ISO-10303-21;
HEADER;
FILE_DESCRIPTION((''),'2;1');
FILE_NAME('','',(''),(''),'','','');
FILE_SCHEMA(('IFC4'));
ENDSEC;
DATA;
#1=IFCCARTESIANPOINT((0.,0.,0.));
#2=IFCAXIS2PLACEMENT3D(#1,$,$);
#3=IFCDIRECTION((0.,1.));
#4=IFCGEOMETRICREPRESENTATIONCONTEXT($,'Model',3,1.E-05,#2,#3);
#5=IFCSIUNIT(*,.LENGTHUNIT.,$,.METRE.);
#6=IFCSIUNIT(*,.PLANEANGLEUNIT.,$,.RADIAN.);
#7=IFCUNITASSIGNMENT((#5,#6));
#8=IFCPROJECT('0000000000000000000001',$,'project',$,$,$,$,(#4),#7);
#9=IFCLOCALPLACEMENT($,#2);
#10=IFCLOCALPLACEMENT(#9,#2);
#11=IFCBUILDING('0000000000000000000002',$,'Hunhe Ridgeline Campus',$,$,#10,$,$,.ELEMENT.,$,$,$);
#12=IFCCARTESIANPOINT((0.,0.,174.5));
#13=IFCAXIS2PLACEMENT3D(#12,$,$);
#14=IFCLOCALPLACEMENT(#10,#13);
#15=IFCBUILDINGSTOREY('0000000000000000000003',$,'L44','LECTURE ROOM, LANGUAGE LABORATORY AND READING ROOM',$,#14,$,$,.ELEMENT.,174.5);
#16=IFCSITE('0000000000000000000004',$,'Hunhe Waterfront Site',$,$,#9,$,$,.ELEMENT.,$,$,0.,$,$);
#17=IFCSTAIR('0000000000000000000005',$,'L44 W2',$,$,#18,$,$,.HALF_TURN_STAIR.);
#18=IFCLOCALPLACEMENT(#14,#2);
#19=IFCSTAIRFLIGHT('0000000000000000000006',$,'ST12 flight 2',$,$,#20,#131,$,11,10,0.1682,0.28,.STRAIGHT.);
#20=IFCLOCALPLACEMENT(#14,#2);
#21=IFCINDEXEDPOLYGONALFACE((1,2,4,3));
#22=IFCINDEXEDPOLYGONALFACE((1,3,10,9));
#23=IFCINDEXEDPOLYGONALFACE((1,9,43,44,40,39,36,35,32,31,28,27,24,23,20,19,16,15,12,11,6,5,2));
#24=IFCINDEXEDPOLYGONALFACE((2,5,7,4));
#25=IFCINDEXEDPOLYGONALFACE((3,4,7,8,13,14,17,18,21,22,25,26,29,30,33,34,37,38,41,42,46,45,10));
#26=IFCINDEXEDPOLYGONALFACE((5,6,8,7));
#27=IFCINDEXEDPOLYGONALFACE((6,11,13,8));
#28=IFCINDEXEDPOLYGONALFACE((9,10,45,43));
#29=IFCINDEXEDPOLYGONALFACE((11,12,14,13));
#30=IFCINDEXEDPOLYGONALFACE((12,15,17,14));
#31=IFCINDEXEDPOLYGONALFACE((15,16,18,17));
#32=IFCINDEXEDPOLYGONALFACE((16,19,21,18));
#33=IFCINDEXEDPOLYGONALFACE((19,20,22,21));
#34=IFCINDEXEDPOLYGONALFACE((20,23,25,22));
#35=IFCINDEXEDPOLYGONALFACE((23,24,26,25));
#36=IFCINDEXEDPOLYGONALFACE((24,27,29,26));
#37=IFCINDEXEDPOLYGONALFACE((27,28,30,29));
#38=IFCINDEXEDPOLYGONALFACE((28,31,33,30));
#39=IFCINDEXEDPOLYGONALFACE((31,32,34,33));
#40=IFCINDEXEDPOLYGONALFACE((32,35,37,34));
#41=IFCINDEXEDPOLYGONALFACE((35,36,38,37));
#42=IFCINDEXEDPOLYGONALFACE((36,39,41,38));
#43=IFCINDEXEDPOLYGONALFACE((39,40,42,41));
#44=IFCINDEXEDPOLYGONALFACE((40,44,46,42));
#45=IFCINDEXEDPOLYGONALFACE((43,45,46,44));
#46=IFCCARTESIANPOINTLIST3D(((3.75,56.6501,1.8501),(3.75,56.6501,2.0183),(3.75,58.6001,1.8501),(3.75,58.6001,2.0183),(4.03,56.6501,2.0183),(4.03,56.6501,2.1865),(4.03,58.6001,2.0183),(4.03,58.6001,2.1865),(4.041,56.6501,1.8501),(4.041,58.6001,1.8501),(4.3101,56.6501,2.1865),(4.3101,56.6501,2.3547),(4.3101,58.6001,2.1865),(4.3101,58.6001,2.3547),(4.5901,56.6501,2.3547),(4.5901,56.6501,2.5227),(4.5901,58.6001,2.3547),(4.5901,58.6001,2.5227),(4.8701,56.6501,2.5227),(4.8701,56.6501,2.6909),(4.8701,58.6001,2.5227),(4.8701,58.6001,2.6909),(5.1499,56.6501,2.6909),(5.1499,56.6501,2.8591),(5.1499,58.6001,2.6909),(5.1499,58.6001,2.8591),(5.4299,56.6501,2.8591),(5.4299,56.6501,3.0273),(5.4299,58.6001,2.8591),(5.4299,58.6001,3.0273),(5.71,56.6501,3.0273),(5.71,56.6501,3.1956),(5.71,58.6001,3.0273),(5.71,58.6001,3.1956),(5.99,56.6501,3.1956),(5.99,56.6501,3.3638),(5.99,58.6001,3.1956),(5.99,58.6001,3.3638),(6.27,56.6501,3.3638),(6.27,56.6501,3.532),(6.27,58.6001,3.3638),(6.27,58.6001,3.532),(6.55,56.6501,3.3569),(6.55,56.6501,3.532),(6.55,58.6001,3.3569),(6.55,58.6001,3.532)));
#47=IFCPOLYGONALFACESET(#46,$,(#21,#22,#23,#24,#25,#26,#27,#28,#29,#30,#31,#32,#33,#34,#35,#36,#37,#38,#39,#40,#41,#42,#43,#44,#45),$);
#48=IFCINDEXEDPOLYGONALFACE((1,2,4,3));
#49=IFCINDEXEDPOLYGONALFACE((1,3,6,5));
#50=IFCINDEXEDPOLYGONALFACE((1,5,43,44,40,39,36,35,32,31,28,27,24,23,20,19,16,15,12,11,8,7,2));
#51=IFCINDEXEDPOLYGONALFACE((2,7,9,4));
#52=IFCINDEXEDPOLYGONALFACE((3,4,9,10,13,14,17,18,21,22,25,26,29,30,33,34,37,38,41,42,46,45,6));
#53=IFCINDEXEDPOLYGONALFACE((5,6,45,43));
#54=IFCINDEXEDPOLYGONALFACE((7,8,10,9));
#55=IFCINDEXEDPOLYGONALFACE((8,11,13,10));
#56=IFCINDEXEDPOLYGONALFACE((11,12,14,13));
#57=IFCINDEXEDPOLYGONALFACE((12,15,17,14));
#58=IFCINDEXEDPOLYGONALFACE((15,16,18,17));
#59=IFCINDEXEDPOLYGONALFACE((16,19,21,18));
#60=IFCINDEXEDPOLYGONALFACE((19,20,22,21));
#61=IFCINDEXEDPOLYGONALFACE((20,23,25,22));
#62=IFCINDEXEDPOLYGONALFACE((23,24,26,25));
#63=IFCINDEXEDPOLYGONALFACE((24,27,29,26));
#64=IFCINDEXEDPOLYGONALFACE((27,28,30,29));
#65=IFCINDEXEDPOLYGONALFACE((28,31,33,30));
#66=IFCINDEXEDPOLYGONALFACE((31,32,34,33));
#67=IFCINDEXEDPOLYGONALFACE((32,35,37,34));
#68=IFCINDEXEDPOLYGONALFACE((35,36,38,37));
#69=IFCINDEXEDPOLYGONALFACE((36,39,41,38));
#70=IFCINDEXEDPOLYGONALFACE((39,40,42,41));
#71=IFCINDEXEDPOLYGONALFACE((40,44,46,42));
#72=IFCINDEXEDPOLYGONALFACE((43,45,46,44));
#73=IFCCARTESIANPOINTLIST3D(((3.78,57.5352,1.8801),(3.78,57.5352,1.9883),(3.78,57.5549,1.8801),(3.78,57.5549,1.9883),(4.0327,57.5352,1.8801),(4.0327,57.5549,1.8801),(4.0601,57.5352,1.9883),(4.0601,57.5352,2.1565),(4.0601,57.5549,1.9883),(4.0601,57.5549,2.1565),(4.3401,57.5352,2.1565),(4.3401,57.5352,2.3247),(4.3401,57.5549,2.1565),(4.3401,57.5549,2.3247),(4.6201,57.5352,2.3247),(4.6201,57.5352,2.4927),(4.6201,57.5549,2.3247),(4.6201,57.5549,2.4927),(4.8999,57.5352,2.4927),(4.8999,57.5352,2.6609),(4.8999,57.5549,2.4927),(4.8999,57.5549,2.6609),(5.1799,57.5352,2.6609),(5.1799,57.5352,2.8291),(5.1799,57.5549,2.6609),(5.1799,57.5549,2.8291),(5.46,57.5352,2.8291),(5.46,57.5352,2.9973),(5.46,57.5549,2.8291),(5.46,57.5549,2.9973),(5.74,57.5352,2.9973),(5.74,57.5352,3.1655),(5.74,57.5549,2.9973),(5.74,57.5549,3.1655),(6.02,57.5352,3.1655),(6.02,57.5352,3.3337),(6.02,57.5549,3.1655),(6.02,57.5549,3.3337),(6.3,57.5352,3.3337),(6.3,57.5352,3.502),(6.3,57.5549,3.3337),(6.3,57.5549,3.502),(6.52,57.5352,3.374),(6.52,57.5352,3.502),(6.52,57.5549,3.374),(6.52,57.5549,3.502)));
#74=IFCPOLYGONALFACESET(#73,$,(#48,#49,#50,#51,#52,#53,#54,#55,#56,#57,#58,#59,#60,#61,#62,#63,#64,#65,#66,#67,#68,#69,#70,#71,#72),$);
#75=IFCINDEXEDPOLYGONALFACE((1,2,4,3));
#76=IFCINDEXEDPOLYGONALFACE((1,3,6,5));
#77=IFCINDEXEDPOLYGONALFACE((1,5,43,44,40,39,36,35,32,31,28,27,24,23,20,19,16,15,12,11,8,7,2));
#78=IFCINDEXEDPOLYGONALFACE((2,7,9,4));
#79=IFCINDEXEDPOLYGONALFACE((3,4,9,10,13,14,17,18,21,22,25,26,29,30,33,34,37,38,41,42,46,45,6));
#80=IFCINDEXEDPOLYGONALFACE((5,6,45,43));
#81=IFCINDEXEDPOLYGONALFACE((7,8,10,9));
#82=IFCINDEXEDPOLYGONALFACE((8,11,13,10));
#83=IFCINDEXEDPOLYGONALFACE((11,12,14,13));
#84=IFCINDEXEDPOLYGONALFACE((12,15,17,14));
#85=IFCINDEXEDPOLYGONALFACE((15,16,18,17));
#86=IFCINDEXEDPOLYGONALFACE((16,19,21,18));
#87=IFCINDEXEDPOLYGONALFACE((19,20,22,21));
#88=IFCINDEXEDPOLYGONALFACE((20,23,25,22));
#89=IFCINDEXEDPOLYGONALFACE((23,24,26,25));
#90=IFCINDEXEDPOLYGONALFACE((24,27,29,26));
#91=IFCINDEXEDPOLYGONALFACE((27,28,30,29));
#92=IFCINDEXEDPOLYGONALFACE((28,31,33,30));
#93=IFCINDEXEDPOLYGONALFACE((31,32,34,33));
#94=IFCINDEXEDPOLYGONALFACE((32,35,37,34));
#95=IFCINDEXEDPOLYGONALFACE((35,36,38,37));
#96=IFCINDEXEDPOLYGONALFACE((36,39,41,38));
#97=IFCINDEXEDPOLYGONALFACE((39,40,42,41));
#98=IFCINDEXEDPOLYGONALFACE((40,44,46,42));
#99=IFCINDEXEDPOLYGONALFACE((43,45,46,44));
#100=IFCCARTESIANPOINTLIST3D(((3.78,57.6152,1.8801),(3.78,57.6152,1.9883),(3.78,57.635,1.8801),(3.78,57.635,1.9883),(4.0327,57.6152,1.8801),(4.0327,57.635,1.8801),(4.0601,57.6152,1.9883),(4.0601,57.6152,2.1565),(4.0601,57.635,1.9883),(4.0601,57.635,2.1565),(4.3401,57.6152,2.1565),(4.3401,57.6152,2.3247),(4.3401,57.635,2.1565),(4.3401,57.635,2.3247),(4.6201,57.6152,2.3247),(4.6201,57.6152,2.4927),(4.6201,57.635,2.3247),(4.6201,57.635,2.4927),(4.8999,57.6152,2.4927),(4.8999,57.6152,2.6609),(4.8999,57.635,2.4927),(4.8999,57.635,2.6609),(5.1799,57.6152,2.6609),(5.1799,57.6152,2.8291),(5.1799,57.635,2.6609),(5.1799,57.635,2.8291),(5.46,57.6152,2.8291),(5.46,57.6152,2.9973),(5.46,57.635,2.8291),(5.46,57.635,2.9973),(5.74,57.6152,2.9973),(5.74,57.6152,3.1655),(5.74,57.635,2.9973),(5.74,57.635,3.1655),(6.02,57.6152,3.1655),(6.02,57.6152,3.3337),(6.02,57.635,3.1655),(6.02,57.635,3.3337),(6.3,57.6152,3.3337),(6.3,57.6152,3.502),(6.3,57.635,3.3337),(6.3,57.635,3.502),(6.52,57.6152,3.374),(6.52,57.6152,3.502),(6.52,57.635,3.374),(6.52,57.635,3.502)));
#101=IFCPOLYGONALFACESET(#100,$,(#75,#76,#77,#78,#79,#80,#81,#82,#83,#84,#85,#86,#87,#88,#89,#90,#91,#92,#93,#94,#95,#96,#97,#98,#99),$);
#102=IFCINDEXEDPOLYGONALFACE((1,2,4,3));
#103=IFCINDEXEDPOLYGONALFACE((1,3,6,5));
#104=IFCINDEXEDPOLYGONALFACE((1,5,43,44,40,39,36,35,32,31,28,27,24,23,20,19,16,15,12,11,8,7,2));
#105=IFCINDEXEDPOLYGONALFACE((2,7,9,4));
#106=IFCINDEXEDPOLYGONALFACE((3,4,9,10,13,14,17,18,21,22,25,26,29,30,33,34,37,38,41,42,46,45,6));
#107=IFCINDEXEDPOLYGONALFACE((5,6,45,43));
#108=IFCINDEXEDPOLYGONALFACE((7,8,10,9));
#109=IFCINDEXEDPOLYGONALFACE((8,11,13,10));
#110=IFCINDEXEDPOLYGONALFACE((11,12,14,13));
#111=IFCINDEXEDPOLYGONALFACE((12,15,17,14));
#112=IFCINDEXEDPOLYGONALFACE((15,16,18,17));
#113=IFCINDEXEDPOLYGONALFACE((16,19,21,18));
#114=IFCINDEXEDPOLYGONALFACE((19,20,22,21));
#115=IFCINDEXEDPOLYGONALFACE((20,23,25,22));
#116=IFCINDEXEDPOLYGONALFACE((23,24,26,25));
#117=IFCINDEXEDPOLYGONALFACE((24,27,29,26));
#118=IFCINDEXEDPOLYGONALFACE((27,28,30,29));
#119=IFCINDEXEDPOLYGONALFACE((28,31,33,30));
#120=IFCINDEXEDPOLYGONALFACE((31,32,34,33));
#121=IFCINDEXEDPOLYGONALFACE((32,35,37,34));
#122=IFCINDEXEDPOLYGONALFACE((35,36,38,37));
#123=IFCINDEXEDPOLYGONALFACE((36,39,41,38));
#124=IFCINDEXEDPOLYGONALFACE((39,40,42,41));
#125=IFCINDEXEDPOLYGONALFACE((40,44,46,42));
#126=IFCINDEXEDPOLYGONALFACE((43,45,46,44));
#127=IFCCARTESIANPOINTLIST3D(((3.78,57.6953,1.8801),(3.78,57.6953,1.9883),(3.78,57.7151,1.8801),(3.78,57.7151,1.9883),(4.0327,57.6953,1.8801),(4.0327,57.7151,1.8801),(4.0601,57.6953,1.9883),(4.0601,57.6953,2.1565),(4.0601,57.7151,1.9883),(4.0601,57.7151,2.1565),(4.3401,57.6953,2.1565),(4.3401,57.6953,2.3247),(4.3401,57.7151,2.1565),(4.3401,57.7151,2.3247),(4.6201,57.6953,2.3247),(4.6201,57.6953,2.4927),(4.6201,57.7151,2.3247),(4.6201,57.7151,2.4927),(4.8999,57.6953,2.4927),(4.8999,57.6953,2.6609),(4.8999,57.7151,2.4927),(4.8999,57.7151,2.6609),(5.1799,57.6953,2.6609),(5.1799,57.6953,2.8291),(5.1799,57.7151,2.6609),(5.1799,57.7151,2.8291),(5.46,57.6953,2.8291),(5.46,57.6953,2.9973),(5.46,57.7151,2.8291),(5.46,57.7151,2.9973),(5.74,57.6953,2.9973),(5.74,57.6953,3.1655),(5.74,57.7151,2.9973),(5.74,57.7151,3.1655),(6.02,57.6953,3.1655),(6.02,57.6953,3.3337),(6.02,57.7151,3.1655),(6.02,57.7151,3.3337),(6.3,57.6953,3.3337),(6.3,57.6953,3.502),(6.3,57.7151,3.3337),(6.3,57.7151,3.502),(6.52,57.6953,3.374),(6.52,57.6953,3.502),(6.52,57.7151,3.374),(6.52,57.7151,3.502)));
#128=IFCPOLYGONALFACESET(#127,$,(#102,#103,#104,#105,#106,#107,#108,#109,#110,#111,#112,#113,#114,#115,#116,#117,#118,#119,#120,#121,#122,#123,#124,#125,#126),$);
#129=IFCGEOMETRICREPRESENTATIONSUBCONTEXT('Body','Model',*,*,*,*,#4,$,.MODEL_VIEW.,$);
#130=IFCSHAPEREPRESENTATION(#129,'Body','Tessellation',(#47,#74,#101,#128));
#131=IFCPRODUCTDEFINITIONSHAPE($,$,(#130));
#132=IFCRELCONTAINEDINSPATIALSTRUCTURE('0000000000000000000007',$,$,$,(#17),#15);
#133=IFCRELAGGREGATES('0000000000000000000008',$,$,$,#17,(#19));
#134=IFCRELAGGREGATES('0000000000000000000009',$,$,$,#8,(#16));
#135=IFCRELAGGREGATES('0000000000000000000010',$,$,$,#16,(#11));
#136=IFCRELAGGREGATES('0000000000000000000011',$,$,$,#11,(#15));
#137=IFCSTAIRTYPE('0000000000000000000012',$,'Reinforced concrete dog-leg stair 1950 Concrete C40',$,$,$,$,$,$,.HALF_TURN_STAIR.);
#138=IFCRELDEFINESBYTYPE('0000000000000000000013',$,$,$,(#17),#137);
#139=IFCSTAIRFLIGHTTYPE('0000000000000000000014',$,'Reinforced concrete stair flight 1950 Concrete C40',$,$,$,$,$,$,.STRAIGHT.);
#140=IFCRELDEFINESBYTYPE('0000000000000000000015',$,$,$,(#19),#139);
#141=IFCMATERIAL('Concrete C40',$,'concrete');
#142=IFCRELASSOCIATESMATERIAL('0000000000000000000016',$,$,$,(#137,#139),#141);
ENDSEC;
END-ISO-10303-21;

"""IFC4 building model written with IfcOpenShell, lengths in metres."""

from ifc_helpers import new_model, si_unit, direction, frame, origin, place, context, subcontext, project, spatial, polyline, outline, extrude, material, type_object, element, aggregate, save


model = new_model("IFC4")

# Units and contexts
model_context = context("Model", 3, precision=1e-05, world=origin(), true_north=direction((0.0, 1.0)))
body_context = subcontext(model_context, "Body", "Model", "MODEL_VIEW")
ifc_project = project(units=[si_unit("LENGTHUNIT", "METRE"), si_unit("PLANEANGLEUNIT", "RADIAN")], contexts=[model_context])

# Site, building, storey
site_placement = place(None, origin())
site = spatial("IfcSite", under=ifc_project, at=site_placement, Name="Hunhe Waterfront Site", CompositionType="ELEMENT", RefElevation=0.0)
building_placement = place(site_placement, origin())
building = spatial("IfcBuilding", under=site, at=building_placement, Name="Hunhe Ridgeline Campus", CompositionType="ELEMENT")
storey_placement = place(building_placement, frame((0.0, 0.0, 174.5)))
storey = spatial("IfcBuildingStorey", under=building, at=storey_placement, Name="L44", Description="LECTURE ROOM, LANGUAGE LABORATORY AND READING ROOM", CompositionType="ELEMENT", Elevation=174.5)

# Stair, stair flight
ifc_material_1 = material(Name="Concrete C40", Category="concrete")
stair_type = type_object("IfcStairType", Name="Reinforced concrete dog-leg stair 1950 Concrete C40", PredefinedType="HALF_TURN_STAIR", material=ifc_material_1)
stair_flight_type = type_object("IfcStairFlightType", Name="Reinforced concrete stair flight 1950 Concrete C40", PredefinedType="STRAIGHT", material=ifc_material_1)
stair_1_placement = place(storey_placement, origin())
stair_1 = element("IfcStair", 1, at=stair_1_placement, inside=storey, type_object=stair_type, Name="L44 W2", PredefinedType="HALF_TURN_STAIR")
stair_flight_1_placement = place(storey_placement, frame((3.75, 57.625, 1.8501), z_axis=(0.0, 0.0, 1.0), x_axis=(1.0, 0.0, 0.0)))
stair_flight_1 = element("IfcStairFlight", 2, at=stair_flight_1_placement, type_object=stair_flight_type, Name="ST12 flight 2", NumberOfRisers=11, NumberOfTreads=10, PredefinedType="STRAIGHT", RiserHeight=0.1682, TreadLength=0.28, context=body_context, shape_type="SweptSolid", body=[
    extrude(outline(polyline([(0.0, 0.0), (0.0, 0.1682), (0.28, 0.1682), (0.28, 0.3364), (0.5601, 0.3364), (0.5601, 0.5046), (0.8401, 0.5046), (0.8401, 0.6726), (1.1201, 0.6726), (1.1201, 0.8408), (1.3999, 0.8408), (1.3999, 1.009), (1.6799, 1.009), (1.6799, 1.1772), (1.96, 1.1772), (1.96, 1.3455), (2.24, 1.3455), (2.24, 1.5137), (2.52, 1.5137), (2.52, 1.6819), (2.8, 1.6819), (2.8, 1.8501), (2.8, 1.5068), (0.291, 0.0), (0.0, 0.0)])), frame((0.0, 0.9751, 0.0), z_axis=(0.0, -1.0, 0.0), x_axis=(1.0, 0.0, 0.0)), (0.0, 0.0, 1.0), 1.95),
    extrude(outline(polyline([(0.03, 0.03), (0.03, 0.1382), (0.3101, 0.1382), (0.3101, 0.3064), (0.5901, 0.3064), (0.5901, 0.4746), (0.8701, 0.4746), (0.8701, 0.6426), (1.1499, 0.6426), (1.1499, 0.8108), (1.4299, 0.8108), (1.4299, 0.979), (1.71, 0.979), (1.71, 1.1472), (1.99, 1.1472), (1.99, 1.3154), (2.27, 1.3154), (2.27, 1.4836), (2.55, 1.4836), (2.55, 1.6519), (2.77, 1.6519), (2.77, 1.5239), (0.2827, 0.03), (0.03, 0.03)])), frame((0.0, -0.0701, 0.0), z_axis=(0.0, -1.0, 0.0), x_axis=(1.0, 0.0, 0.0)), (0.0, 0.0, 1.0), 0.0198),
    extrude(outline(polyline([(0.03, 0.03), (0.03, 0.1382), (0.3101, 0.1382), (0.3101, 0.3064), (0.5901, 0.3064), (0.5901, 0.4746), (0.8701, 0.4746), (0.8701, 0.6426), (1.1499, 0.6426), (1.1499, 0.8108), (1.4299, 0.8108), (1.4299, 0.979), (1.71, 0.979), (1.71, 1.1472), (1.99, 1.1472), (1.99, 1.3154), (2.27, 1.3154), (2.27, 1.4836), (2.55, 1.4836), (2.55, 1.6519), (2.77, 1.6519), (2.77, 1.5239), (0.2827, 0.03), (0.03, 0.03)])), frame((0.0, 0.01, 0.0), z_axis=(0.0, -1.0, 0.0), x_axis=(1.0, 0.0, 0.0)), (0.0, 0.0, 1.0), 0.0198),
    extrude(outline(polyline([(0.03, 0.03), (0.03, 0.1382), (0.3101, 0.1382), (0.3101, 0.3064), (0.5901, 0.3064), (0.5901, 0.4746), (0.8701, 0.4746), (0.8701, 0.6426), (1.1499, 0.6426), (1.1499, 0.8108), (1.4299, 0.8108), (1.4299, 0.979), (1.71, 0.979), (1.71, 1.1472), (1.99, 1.1472), (1.99, 1.3154), (2.27, 1.3154), (2.27, 1.4836), (2.55, 1.4836), (2.55, 1.6519), (2.77, 1.6519), (2.77, 1.5239), (0.2827, 0.03), (0.03, 0.03)])), frame((0.0, 0.0901, 0.0), z_axis=(0.0, -1.0, 0.0), x_axis=(1.0, 0.0, 0.0)), (0.0, 0.0, 1.0), 0.0198),
])
aggregate(stair_1, [stair_flight_1])

save(model, "model.ifc")
